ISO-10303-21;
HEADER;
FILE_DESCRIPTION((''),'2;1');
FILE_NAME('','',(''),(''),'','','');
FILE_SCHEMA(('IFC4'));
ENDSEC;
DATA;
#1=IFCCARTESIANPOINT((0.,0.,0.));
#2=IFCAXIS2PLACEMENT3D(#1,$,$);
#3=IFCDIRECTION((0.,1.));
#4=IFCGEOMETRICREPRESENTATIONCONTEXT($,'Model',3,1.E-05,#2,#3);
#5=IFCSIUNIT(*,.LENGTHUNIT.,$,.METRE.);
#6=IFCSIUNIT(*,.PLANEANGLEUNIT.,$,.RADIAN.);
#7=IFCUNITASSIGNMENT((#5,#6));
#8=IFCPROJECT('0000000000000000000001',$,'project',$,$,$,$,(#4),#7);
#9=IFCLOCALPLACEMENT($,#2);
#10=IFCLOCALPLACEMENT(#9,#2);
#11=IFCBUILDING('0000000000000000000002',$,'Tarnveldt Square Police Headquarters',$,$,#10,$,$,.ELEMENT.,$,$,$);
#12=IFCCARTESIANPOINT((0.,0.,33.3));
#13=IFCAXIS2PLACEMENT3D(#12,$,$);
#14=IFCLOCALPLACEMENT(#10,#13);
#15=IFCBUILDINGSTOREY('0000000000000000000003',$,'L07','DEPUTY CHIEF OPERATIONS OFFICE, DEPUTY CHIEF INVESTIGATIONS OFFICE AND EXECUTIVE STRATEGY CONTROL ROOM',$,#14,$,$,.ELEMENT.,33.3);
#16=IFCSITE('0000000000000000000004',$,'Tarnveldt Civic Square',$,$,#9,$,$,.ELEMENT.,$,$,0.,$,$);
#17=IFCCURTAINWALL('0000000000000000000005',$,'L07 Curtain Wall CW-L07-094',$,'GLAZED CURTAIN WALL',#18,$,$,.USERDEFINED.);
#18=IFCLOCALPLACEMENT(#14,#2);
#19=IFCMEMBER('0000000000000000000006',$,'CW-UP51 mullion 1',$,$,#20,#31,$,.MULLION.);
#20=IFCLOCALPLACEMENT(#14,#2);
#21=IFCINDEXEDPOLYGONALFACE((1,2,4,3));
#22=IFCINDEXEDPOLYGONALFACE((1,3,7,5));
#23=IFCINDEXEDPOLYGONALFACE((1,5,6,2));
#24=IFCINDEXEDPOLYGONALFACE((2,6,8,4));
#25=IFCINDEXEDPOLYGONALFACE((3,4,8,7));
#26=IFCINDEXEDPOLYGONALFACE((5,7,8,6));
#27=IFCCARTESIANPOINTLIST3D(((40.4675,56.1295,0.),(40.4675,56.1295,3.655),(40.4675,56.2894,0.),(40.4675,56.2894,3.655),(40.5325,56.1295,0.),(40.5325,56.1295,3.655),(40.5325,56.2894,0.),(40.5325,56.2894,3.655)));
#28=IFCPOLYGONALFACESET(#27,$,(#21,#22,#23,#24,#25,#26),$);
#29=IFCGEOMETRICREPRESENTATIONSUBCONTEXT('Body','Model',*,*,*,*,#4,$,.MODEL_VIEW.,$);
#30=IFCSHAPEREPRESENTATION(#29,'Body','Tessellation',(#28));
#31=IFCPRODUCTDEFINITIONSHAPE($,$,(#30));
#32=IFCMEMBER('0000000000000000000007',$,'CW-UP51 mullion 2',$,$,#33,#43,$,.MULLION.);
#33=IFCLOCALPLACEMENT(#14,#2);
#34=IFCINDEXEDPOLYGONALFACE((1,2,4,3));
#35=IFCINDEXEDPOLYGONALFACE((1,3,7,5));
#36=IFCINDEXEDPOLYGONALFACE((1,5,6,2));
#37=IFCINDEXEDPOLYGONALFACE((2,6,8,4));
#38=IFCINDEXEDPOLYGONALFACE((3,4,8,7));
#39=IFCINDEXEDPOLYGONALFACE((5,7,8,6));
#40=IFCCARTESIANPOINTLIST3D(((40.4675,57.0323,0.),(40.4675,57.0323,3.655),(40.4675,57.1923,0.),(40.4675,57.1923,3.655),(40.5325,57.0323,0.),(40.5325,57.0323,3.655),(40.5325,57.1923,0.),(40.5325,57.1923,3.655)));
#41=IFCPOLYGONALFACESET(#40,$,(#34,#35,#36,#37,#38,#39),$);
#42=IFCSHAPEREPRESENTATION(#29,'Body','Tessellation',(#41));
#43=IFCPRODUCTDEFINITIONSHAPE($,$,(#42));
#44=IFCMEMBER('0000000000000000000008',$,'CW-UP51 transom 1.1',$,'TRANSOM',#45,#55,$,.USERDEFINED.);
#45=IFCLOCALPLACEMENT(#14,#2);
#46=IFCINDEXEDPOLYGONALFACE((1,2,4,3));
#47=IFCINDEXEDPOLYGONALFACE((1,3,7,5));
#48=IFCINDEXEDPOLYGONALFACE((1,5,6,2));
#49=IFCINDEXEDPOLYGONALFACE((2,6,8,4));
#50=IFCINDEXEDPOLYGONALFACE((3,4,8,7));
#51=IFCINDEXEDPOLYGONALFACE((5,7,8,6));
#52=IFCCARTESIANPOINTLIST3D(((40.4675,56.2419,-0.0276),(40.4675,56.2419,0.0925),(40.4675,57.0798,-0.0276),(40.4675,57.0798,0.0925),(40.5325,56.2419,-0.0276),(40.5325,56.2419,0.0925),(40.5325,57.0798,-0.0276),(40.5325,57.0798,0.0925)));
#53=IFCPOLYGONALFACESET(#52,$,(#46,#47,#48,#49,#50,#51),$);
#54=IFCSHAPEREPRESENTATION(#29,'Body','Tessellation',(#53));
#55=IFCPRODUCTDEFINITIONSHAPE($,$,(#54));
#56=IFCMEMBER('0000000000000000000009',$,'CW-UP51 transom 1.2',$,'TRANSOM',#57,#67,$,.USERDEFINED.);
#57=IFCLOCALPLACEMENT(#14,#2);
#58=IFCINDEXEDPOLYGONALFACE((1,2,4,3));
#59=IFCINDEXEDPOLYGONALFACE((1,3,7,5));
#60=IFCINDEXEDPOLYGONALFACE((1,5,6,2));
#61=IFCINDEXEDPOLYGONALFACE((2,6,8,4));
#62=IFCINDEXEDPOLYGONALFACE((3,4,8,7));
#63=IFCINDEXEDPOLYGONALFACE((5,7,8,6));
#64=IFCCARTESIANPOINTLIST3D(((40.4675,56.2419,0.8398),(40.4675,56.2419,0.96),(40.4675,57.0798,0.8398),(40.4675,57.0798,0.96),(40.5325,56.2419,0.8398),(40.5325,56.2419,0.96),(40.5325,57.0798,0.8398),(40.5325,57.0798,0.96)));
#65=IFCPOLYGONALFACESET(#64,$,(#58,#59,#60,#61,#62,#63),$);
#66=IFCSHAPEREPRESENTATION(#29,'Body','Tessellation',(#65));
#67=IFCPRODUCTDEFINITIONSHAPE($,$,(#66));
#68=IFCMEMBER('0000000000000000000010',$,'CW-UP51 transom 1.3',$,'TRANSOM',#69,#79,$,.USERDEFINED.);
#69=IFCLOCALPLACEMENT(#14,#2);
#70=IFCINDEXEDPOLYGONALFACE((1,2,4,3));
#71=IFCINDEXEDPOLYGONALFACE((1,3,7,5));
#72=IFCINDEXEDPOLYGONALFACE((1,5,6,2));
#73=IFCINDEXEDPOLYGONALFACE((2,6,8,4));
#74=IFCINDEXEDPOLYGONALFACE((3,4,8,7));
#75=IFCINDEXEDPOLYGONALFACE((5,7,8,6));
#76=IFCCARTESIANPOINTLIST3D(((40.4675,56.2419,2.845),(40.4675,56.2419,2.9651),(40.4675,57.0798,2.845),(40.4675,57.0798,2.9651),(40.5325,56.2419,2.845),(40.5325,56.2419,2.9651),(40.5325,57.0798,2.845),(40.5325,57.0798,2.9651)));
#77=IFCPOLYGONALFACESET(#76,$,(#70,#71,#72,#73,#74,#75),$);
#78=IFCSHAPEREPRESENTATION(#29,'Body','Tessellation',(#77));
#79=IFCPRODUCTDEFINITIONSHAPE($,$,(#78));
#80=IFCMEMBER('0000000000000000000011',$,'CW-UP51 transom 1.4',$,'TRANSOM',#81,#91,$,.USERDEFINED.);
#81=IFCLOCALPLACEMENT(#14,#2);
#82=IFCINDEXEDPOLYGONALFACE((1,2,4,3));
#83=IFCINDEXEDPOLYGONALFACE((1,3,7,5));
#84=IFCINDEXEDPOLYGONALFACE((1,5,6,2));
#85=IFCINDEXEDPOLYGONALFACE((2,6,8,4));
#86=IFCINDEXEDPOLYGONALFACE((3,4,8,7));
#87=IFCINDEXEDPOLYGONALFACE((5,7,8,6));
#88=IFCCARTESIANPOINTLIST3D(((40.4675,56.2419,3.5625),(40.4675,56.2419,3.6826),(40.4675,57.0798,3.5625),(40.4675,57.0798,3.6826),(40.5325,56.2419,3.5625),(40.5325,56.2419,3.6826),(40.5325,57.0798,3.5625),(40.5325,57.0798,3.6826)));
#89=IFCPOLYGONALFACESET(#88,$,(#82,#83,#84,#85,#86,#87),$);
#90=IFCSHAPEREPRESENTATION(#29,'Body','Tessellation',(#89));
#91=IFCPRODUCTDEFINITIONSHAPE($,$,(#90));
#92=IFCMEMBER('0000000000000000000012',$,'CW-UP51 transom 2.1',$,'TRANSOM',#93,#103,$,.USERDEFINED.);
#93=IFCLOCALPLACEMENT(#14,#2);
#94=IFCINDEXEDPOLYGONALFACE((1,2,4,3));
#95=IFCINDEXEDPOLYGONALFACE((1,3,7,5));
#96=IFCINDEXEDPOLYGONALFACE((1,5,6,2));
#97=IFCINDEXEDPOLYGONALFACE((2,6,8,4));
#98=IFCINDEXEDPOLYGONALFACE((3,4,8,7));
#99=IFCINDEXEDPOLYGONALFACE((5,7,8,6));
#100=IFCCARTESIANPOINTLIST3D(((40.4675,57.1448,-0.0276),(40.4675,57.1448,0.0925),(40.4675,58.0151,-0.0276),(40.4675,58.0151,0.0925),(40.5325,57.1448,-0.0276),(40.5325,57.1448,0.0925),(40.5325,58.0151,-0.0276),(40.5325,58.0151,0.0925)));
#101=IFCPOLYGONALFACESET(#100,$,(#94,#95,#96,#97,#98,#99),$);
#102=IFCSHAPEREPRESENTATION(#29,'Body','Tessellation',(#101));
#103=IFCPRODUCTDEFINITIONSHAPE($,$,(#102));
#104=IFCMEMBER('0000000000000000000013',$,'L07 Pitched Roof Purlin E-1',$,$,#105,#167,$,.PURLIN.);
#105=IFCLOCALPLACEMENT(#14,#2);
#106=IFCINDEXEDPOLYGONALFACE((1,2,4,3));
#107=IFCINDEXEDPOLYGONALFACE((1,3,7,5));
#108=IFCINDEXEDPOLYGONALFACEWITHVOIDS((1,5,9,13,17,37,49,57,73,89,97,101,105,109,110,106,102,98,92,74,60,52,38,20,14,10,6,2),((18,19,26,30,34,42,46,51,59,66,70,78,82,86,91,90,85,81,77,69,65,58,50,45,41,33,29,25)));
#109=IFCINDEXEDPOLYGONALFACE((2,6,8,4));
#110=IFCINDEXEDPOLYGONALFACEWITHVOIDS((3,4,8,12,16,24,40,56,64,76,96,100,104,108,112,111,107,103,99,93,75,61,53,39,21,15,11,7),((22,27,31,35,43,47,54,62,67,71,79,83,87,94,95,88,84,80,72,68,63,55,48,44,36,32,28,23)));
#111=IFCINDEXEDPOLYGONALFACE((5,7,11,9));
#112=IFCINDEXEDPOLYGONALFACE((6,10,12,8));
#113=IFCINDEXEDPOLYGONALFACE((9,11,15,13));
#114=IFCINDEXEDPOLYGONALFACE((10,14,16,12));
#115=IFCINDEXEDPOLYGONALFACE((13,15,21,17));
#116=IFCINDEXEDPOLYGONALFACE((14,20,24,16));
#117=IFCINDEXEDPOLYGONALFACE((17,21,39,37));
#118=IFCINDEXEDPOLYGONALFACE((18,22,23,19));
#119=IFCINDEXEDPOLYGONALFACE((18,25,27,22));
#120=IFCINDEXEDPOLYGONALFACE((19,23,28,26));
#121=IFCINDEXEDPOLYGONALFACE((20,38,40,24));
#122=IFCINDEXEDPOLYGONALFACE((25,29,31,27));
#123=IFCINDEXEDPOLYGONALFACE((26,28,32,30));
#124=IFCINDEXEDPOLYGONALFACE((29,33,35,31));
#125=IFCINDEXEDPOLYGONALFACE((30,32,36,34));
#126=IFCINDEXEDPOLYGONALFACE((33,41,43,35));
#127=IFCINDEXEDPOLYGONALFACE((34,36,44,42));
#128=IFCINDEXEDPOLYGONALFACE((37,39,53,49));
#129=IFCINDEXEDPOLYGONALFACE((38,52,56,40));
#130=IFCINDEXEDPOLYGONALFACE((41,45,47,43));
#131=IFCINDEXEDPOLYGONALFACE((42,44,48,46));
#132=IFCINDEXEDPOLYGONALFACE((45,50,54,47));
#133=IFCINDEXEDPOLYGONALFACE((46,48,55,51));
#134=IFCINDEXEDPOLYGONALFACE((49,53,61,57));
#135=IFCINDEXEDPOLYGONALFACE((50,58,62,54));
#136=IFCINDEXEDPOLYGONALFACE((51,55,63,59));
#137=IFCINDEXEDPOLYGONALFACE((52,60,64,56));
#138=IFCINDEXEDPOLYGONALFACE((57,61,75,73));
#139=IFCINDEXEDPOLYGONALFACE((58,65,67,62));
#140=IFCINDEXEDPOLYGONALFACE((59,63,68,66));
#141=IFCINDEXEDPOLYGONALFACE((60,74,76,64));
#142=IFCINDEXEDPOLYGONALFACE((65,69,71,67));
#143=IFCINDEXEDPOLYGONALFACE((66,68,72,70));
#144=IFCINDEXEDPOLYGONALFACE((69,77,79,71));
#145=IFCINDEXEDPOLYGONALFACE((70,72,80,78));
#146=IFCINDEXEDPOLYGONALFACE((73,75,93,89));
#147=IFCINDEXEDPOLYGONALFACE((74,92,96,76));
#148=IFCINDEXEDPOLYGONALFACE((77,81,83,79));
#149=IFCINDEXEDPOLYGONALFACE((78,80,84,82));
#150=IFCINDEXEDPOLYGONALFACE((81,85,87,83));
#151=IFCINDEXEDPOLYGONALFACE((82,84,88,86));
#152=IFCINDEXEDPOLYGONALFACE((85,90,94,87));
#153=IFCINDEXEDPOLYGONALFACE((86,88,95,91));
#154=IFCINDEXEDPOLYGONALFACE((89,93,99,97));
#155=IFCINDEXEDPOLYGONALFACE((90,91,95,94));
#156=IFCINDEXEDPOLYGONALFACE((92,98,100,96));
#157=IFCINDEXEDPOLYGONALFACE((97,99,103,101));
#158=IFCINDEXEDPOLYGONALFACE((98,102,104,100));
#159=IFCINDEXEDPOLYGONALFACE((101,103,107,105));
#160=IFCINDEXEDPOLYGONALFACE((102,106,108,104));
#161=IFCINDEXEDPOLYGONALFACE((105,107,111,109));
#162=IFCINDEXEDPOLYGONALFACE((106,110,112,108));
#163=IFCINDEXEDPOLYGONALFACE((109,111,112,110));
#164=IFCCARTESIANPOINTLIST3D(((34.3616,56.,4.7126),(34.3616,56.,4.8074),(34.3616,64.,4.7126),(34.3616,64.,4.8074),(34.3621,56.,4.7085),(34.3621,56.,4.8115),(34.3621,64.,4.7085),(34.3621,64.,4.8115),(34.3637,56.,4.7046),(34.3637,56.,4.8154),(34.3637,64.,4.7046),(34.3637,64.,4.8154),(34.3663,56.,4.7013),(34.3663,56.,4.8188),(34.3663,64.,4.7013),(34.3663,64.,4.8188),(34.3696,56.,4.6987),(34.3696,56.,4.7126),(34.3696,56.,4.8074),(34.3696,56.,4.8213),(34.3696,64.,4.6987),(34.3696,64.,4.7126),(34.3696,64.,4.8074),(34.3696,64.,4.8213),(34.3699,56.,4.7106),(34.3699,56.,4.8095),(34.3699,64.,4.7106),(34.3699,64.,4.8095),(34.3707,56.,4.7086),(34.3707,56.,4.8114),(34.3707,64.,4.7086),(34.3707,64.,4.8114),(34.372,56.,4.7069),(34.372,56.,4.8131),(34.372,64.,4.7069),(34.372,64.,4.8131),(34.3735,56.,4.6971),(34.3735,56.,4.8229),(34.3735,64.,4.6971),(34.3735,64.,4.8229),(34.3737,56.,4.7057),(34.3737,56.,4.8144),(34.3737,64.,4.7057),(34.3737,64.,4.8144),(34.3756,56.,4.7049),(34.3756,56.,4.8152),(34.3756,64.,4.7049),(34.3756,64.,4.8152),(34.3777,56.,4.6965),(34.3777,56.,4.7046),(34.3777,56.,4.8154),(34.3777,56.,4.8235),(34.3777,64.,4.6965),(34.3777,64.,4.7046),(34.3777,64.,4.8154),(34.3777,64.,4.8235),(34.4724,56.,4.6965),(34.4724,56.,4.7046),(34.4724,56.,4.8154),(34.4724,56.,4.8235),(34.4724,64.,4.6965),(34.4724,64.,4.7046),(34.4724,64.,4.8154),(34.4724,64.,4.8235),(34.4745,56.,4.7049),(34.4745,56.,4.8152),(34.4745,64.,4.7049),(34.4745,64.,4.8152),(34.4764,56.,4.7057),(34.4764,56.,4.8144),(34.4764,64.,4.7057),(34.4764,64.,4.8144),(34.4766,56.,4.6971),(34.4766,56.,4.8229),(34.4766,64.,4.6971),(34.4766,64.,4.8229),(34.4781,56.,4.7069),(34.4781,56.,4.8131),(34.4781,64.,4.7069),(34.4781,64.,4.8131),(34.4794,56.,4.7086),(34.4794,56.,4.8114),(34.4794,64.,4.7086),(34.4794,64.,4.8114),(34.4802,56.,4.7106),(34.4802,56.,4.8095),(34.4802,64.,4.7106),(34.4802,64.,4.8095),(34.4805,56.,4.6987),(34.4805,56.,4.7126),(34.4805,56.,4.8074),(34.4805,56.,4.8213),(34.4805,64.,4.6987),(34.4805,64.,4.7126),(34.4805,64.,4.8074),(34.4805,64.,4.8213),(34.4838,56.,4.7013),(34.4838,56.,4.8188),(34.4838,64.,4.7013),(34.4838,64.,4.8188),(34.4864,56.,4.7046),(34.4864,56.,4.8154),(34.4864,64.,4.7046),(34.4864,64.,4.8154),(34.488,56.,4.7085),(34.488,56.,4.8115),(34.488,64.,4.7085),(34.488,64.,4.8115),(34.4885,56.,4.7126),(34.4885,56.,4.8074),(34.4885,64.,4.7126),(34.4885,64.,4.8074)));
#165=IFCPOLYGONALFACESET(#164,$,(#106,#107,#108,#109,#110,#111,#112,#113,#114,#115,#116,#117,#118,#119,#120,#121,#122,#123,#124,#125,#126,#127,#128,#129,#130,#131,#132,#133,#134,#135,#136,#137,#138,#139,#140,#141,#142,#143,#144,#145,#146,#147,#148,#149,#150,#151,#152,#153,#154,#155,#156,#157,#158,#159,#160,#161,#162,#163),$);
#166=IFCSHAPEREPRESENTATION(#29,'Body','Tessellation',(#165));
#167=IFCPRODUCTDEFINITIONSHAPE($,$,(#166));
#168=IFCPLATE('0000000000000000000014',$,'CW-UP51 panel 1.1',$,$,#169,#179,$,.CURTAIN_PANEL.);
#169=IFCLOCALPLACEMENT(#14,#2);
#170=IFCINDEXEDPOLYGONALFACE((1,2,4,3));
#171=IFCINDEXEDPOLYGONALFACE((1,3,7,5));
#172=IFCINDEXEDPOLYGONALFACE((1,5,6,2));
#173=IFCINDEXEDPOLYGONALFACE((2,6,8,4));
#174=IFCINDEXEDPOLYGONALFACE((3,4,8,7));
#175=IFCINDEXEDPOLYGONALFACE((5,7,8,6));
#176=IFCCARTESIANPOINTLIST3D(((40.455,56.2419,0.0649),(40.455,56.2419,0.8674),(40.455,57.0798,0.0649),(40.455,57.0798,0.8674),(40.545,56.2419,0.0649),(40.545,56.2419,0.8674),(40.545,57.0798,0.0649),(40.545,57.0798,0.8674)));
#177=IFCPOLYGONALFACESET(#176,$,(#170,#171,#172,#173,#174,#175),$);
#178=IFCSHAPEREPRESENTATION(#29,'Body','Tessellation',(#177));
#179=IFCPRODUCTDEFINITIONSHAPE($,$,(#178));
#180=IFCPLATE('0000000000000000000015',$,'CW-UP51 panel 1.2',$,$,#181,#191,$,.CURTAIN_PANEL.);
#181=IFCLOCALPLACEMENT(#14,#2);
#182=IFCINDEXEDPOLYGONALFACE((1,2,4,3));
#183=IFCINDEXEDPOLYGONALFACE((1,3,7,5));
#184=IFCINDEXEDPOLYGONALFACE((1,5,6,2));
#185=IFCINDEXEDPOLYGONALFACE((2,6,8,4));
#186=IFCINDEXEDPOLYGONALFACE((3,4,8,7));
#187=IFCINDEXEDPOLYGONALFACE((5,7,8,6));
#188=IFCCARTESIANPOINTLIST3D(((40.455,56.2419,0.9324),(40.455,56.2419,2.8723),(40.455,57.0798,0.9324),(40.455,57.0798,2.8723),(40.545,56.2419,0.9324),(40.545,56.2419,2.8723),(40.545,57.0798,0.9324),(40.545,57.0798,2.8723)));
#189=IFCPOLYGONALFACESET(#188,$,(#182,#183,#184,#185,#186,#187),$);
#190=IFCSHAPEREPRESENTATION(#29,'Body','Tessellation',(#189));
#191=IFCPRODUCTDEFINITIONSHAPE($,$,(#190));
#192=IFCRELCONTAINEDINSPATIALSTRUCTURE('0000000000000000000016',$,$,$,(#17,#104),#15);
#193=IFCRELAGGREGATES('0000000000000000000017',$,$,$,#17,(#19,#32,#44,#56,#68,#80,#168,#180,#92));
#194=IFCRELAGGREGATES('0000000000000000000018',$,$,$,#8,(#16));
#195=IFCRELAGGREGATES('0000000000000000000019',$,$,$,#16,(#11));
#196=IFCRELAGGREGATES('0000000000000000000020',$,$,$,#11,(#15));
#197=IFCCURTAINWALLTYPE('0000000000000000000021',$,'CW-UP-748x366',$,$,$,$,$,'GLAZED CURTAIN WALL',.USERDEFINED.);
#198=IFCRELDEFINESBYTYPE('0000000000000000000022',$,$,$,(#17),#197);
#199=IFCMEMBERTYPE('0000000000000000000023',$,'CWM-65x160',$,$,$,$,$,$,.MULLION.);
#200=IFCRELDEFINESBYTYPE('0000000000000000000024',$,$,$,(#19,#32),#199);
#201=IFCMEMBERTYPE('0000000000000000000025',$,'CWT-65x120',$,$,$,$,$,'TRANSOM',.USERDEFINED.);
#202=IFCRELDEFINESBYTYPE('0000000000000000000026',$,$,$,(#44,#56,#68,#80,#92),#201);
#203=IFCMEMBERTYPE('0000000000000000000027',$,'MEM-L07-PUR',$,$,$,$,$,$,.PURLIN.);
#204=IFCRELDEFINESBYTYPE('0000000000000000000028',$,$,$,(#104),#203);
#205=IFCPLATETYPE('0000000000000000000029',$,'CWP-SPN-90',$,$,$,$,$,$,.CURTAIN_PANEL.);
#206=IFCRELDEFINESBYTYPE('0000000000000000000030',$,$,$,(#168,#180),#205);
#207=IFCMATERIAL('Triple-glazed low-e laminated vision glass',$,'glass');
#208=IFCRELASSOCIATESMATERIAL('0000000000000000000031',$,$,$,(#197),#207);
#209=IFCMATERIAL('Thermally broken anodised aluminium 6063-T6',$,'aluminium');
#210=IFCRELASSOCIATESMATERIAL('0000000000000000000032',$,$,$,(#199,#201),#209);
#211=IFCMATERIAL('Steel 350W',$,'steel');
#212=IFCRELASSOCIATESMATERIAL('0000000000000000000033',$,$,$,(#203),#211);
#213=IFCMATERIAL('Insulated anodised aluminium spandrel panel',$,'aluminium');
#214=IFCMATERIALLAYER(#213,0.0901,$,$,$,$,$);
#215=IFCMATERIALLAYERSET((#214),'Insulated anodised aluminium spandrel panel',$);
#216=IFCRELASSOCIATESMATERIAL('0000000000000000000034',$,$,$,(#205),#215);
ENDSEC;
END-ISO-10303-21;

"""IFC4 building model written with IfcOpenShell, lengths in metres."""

from ifc_helpers import new_model, si_unit, direction, frame, origin, origin_2d, place, context, subcontext, project, spatial, rectangle, hollow_rectangle, extrude, material, layer, layer_set, material_profile, profile_set, type_object, element, aggregate, save


model = new_model("IFC4")

# Units and contexts
model_context = context("Model", 3, precision=1e-05, world=origin(), true_north=direction((0.0, 1.0)))
body_context = subcontext(model_context, "Body", "Model", "MODEL_VIEW")
ifc_project = project(units=[si_unit("LENGTHUNIT", "METRE"), si_unit("PLANEANGLEUNIT", "RADIAN")], contexts=[model_context])

# Site, building, storey
site_placement = place(None, origin())
site = spatial("IfcSite", under=ifc_project, at=site_placement, Name="Tarnveldt Civic Square", CompositionType="ELEMENT", RefElevation=0.0)
building_placement = place(site_placement, origin())
building = spatial("IfcBuilding", under=site, at=building_placement, Name="Tarnveldt Square Police Headquarters", CompositionType="ELEMENT")
storey_placement = place(building_placement, frame((0.0, 0.0, 33.3)))
storey = spatial("IfcBuildingStorey", under=building, at=storey_placement, Name="L07", Description="DEPUTY CHIEF OPERATIONS OFFICE, DEPUTY CHIEF INVESTIGATIONS OFFICE AND EXECUTIVE STRATEGY CONTROL ROOM", CompositionType="ELEMENT", Elevation=33.3)

# Curtain wall, members
ifc_material_1 = material(Name="Triple-glazed low-e laminated vision glass", Category="glass")
curtain_wall_type = type_object("IfcCurtainWallType", Name="CW-UP-748x366", ElementType="GLAZED CURTAIN WALL", PredefinedType="USERDEFINED", material=ifc_material_1)
curtain_wall_placement = place(storey_placement, origin())
curtain_wall = element("IfcCurtainWall", 1, at=curtain_wall_placement, inside=storey, type_object=curtain_wall_type, Name="L07 Curtain Wall CW-L07-094", ObjectType="GLAZED CURTAIN WALL", PredefinedType="USERDEFINED")
ifc_material_2 = material(Name="Thermally broken anodised aluminium 6063-T6", Category="aluminium")
ifc_material_profile_1 = material_profile(ifc_material_2, rectangle(XDim=0.0649, YDim=0.1599, at=origin_2d()), Name="CW-M65x160")
ifc_profile_set_1 = profile_set([ifc_material_profile_1], Name="Thermally broken anodised aluminium 6063-T6")
member_type_1 = type_object("IfcMemberType", Name="CWM-65x160", PredefinedType="MULLION", material=ifc_profile_set_1)
member_1_placement = place(storey_placement, frame((40.5, 56.2095, 0.0), z_axis=(0.0, 0.0, 1.0), x_axis=(-1.0, 0.0, 0.0)))
member_1 = element("IfcMember", 2, at=member_1_placement, type_object=member_type_1, Name="CW-UP51 mullion 1", PredefinedType="MULLION", context=body_context, shape_type="SweptSolid", body=[
    extrude(rectangle(XDim=0.0649, YDim=0.1599, at=origin_2d()), origin(), (0.0, 0.0, 1.0), 3.655),
])
member_2_placement = place(storey_placement, frame((40.5, 57.1123, 0.0), z_axis=(0.0, 0.0, 1.0), x_axis=(-1.0, 0.0, 0.0)))
member_2 = element("IfcMember", 3, at=member_2_placement, type_object=member_type_1, Name="CW-UP51 mullion 2", PredefinedType="MULLION", context=body_context, shape_type="SweptSolid", body=[
    extrude(rectangle(XDim=0.0649, YDim=0.1599, at=origin_2d()), origin(), (0.0, 0.0, 1.0), 3.655),
])
ifc_material_profile_2 = material_profile(ifc_material_2, rectangle(XDim=0.0649, YDim=0.1201, at=origin_2d()), Name="CW-T65x120")
ifc_profile_set_2 = profile_set([ifc_material_profile_2], Name="Thermally broken anodised aluminium 6063-T6")
member_type_2 = type_object("IfcMemberType", Name="CWT-65x120", ElementType="TRANSOM", PredefinedType="USERDEFINED", material=ifc_profile_set_2)
member_3_placement = place(storey_placement, frame((40.5, 56.2419, 0.0325), z_axis=(0.0, 1.0, 0.0), x_axis=(-1.0, 0.0, 0.0)))
member_3 = element("IfcMember", 4, at=member_3_placement, type_object=member_type_2, Name="CW-UP51 transom 1.1", ObjectType="TRANSOM", PredefinedType="USERDEFINED", context=body_context, shape_type="SweptSolid", body=[
    extrude(rectangle(XDim=0.0649, YDim=0.1201, at=origin_2d()), origin(), (0.0, 0.0, 1.0), 0.8379),
])
member_4_placement = place(storey_placement, frame((40.5, 56.2419, 0.8999), z_axis=(0.0, 1.0, 0.0), x_axis=(-1.0, 0.0, 0.0)))
member_4 = element("IfcMember", 5, at=member_4_placement, type_object=member_type_2, Name="CW-UP51 transom 1.2", ObjectType="TRANSOM", PredefinedType="USERDEFINED", context=body_context, shape_type="SweptSolid", body=[
    extrude(rectangle(XDim=0.0649, YDim=0.1201, at=origin_2d()), origin(), (0.0, 0.0, 1.0), 0.8379),
])
member_5_placement = place(storey_placement, frame((40.5, 56.2419, 2.905), z_axis=(0.0, 1.0, 0.0), x_axis=(-1.0, 0.0, 0.0)))
member_5 = element("IfcMember", 6, at=member_5_placement, type_object=member_type_2, Name="CW-UP51 transom 1.3", ObjectType="TRANSOM", PredefinedType="USERDEFINED", context=body_context, shape_type="SweptSolid", body=[
    extrude(rectangle(XDim=0.0649, YDim=0.1201, at=origin_2d()), origin(), (0.0, 0.0, 1.0), 0.8379),
])
member_6_placement = place(storey_placement, frame((40.5, 56.2419, 3.6226), z_axis=(0.0, 1.0, 0.0), x_axis=(-1.0, 0.0, 0.0)))
member_6 = element("IfcMember", 7, at=member_6_placement, type_object=member_type_2, Name="CW-UP51 transom 1.4", ObjectType="TRANSOM", PredefinedType="USERDEFINED", context=body_context, shape_type="SweptSolid", body=[
    extrude(rectangle(XDim=0.0649, YDim=0.1201, at=origin_2d()), origin(), (0.0, 0.0, 1.0), 0.8379),
])
member_7_placement = place(storey_placement, frame((40.5, 57.1448, 0.0325), z_axis=(0.0, 1.0, 0.0), x_axis=(-1.0, 0.0, 0.0)))
member_7 = element("IfcMember", 8, at=member_7_placement, type_object=member_type_2, Name="CW-UP51 transom 2.1", ObjectType="TRANSOM", PredefinedType="USERDEFINED", context=body_context, shape_type="SweptSolid", body=[
    extrude(rectangle(XDim=0.0649, YDim=0.1201, at=origin_2d()), origin(), (0.0, 0.0, 1.0), 0.8704),
])

# Member
ifc_material_3 = material(Name="Steel 350W", Category="steel")
ifc_material_profile_3 = material_profile(ifc_material_3, hollow_rectangle(XDim=0.127, YDim=0.127, WallThickness=0.0081, InnerFilletRadius=0.0081, OuterFilletRadius=0.0161, at=origin_2d()), Name="HSS127x127x8.0")
ifc_profile_set_3 = profile_set([ifc_material_profile_3], Name="Steel 350W")
member_type_3 = type_object("IfcMemberType", Name="MEM-L07-PUR", PredefinedType="PURLIN", material=ifc_profile_set_3)
member_8_placement = place(storey_placement, frame((34.425, 56.0, 4.76), z_axis=(0.0, 1.0, 0.0), x_axis=(-1.0, 0.0, 0.0)))
element("IfcMember", 9, at=member_8_placement, inside=storey, type_object=member_type_3, Name="L07 Pitched Roof Purlin E-1", PredefinedType="PURLIN", context=body_context, shape_type="SweptSolid", body=[
    extrude(hollow_rectangle(XDim=0.127, YDim=0.127, WallThickness=0.0081, InnerFilletRadius=0.0081, OuterFilletRadius=0.0161, at=origin_2d()), origin(), (0.0, 0.0, 1.0), 8.0),
])

# Plates
ifc_material_4 = material(Name="Insulated anodised aluminium spandrel panel", Category="aluminium")
ifc_layer_1 = layer(ifc_material_4, 0.0901)
ifc_layer_set_1 = layer_set([ifc_layer_1], Name="Insulated anodised aluminium spandrel panel")
plate_type = type_object("IfcPlateType", Name="CWP-SPN-90", PredefinedType="CURTAIN_PANEL", material=ifc_layer_set_1)
plate_1_placement = place(storey_placement, frame((40.5, 56.6609, 0.0649), z_axis=(0.0, 0.0, 1.0), x_axis=(0.0, 1.0, 0.0)))
plate_1 = element("IfcPlate", 10, at=plate_1_placement, type_object=plate_type, Name="CW-UP51 panel 1.1", PredefinedType="CURTAIN_PANEL", context=body_context, shape_type="SweptSolid", body=[
    extrude(rectangle(XDim=0.8379, YDim=0.0901, at=origin_2d()), origin(), (0.0, 0.0, 1.0), 0.8025),
])
plate_2_placement = place(storey_placement, frame((40.5, 56.6609, 0.9324), z_axis=(0.0, 0.0, 1.0), x_axis=(0.0, 1.0, 0.0)))
plate_2 = element("IfcPlate", 11, at=plate_2_placement, type_object=plate_type, Name="CW-UP51 panel 1.2", PredefinedType="CURTAIN_PANEL", context=body_context, shape_type="SweptSolid", body=[
    extrude(rectangle(XDim=0.8379, YDim=0.0901, at=origin_2d()), origin(), (0.0, 0.0, 1.0), 1.9399),
])
aggregate(curtain_wall, [member_1, member_2, member_3, member_4, member_5, member_6, plate_1, plate_2, member_7])

save(model, "model.ifc")
